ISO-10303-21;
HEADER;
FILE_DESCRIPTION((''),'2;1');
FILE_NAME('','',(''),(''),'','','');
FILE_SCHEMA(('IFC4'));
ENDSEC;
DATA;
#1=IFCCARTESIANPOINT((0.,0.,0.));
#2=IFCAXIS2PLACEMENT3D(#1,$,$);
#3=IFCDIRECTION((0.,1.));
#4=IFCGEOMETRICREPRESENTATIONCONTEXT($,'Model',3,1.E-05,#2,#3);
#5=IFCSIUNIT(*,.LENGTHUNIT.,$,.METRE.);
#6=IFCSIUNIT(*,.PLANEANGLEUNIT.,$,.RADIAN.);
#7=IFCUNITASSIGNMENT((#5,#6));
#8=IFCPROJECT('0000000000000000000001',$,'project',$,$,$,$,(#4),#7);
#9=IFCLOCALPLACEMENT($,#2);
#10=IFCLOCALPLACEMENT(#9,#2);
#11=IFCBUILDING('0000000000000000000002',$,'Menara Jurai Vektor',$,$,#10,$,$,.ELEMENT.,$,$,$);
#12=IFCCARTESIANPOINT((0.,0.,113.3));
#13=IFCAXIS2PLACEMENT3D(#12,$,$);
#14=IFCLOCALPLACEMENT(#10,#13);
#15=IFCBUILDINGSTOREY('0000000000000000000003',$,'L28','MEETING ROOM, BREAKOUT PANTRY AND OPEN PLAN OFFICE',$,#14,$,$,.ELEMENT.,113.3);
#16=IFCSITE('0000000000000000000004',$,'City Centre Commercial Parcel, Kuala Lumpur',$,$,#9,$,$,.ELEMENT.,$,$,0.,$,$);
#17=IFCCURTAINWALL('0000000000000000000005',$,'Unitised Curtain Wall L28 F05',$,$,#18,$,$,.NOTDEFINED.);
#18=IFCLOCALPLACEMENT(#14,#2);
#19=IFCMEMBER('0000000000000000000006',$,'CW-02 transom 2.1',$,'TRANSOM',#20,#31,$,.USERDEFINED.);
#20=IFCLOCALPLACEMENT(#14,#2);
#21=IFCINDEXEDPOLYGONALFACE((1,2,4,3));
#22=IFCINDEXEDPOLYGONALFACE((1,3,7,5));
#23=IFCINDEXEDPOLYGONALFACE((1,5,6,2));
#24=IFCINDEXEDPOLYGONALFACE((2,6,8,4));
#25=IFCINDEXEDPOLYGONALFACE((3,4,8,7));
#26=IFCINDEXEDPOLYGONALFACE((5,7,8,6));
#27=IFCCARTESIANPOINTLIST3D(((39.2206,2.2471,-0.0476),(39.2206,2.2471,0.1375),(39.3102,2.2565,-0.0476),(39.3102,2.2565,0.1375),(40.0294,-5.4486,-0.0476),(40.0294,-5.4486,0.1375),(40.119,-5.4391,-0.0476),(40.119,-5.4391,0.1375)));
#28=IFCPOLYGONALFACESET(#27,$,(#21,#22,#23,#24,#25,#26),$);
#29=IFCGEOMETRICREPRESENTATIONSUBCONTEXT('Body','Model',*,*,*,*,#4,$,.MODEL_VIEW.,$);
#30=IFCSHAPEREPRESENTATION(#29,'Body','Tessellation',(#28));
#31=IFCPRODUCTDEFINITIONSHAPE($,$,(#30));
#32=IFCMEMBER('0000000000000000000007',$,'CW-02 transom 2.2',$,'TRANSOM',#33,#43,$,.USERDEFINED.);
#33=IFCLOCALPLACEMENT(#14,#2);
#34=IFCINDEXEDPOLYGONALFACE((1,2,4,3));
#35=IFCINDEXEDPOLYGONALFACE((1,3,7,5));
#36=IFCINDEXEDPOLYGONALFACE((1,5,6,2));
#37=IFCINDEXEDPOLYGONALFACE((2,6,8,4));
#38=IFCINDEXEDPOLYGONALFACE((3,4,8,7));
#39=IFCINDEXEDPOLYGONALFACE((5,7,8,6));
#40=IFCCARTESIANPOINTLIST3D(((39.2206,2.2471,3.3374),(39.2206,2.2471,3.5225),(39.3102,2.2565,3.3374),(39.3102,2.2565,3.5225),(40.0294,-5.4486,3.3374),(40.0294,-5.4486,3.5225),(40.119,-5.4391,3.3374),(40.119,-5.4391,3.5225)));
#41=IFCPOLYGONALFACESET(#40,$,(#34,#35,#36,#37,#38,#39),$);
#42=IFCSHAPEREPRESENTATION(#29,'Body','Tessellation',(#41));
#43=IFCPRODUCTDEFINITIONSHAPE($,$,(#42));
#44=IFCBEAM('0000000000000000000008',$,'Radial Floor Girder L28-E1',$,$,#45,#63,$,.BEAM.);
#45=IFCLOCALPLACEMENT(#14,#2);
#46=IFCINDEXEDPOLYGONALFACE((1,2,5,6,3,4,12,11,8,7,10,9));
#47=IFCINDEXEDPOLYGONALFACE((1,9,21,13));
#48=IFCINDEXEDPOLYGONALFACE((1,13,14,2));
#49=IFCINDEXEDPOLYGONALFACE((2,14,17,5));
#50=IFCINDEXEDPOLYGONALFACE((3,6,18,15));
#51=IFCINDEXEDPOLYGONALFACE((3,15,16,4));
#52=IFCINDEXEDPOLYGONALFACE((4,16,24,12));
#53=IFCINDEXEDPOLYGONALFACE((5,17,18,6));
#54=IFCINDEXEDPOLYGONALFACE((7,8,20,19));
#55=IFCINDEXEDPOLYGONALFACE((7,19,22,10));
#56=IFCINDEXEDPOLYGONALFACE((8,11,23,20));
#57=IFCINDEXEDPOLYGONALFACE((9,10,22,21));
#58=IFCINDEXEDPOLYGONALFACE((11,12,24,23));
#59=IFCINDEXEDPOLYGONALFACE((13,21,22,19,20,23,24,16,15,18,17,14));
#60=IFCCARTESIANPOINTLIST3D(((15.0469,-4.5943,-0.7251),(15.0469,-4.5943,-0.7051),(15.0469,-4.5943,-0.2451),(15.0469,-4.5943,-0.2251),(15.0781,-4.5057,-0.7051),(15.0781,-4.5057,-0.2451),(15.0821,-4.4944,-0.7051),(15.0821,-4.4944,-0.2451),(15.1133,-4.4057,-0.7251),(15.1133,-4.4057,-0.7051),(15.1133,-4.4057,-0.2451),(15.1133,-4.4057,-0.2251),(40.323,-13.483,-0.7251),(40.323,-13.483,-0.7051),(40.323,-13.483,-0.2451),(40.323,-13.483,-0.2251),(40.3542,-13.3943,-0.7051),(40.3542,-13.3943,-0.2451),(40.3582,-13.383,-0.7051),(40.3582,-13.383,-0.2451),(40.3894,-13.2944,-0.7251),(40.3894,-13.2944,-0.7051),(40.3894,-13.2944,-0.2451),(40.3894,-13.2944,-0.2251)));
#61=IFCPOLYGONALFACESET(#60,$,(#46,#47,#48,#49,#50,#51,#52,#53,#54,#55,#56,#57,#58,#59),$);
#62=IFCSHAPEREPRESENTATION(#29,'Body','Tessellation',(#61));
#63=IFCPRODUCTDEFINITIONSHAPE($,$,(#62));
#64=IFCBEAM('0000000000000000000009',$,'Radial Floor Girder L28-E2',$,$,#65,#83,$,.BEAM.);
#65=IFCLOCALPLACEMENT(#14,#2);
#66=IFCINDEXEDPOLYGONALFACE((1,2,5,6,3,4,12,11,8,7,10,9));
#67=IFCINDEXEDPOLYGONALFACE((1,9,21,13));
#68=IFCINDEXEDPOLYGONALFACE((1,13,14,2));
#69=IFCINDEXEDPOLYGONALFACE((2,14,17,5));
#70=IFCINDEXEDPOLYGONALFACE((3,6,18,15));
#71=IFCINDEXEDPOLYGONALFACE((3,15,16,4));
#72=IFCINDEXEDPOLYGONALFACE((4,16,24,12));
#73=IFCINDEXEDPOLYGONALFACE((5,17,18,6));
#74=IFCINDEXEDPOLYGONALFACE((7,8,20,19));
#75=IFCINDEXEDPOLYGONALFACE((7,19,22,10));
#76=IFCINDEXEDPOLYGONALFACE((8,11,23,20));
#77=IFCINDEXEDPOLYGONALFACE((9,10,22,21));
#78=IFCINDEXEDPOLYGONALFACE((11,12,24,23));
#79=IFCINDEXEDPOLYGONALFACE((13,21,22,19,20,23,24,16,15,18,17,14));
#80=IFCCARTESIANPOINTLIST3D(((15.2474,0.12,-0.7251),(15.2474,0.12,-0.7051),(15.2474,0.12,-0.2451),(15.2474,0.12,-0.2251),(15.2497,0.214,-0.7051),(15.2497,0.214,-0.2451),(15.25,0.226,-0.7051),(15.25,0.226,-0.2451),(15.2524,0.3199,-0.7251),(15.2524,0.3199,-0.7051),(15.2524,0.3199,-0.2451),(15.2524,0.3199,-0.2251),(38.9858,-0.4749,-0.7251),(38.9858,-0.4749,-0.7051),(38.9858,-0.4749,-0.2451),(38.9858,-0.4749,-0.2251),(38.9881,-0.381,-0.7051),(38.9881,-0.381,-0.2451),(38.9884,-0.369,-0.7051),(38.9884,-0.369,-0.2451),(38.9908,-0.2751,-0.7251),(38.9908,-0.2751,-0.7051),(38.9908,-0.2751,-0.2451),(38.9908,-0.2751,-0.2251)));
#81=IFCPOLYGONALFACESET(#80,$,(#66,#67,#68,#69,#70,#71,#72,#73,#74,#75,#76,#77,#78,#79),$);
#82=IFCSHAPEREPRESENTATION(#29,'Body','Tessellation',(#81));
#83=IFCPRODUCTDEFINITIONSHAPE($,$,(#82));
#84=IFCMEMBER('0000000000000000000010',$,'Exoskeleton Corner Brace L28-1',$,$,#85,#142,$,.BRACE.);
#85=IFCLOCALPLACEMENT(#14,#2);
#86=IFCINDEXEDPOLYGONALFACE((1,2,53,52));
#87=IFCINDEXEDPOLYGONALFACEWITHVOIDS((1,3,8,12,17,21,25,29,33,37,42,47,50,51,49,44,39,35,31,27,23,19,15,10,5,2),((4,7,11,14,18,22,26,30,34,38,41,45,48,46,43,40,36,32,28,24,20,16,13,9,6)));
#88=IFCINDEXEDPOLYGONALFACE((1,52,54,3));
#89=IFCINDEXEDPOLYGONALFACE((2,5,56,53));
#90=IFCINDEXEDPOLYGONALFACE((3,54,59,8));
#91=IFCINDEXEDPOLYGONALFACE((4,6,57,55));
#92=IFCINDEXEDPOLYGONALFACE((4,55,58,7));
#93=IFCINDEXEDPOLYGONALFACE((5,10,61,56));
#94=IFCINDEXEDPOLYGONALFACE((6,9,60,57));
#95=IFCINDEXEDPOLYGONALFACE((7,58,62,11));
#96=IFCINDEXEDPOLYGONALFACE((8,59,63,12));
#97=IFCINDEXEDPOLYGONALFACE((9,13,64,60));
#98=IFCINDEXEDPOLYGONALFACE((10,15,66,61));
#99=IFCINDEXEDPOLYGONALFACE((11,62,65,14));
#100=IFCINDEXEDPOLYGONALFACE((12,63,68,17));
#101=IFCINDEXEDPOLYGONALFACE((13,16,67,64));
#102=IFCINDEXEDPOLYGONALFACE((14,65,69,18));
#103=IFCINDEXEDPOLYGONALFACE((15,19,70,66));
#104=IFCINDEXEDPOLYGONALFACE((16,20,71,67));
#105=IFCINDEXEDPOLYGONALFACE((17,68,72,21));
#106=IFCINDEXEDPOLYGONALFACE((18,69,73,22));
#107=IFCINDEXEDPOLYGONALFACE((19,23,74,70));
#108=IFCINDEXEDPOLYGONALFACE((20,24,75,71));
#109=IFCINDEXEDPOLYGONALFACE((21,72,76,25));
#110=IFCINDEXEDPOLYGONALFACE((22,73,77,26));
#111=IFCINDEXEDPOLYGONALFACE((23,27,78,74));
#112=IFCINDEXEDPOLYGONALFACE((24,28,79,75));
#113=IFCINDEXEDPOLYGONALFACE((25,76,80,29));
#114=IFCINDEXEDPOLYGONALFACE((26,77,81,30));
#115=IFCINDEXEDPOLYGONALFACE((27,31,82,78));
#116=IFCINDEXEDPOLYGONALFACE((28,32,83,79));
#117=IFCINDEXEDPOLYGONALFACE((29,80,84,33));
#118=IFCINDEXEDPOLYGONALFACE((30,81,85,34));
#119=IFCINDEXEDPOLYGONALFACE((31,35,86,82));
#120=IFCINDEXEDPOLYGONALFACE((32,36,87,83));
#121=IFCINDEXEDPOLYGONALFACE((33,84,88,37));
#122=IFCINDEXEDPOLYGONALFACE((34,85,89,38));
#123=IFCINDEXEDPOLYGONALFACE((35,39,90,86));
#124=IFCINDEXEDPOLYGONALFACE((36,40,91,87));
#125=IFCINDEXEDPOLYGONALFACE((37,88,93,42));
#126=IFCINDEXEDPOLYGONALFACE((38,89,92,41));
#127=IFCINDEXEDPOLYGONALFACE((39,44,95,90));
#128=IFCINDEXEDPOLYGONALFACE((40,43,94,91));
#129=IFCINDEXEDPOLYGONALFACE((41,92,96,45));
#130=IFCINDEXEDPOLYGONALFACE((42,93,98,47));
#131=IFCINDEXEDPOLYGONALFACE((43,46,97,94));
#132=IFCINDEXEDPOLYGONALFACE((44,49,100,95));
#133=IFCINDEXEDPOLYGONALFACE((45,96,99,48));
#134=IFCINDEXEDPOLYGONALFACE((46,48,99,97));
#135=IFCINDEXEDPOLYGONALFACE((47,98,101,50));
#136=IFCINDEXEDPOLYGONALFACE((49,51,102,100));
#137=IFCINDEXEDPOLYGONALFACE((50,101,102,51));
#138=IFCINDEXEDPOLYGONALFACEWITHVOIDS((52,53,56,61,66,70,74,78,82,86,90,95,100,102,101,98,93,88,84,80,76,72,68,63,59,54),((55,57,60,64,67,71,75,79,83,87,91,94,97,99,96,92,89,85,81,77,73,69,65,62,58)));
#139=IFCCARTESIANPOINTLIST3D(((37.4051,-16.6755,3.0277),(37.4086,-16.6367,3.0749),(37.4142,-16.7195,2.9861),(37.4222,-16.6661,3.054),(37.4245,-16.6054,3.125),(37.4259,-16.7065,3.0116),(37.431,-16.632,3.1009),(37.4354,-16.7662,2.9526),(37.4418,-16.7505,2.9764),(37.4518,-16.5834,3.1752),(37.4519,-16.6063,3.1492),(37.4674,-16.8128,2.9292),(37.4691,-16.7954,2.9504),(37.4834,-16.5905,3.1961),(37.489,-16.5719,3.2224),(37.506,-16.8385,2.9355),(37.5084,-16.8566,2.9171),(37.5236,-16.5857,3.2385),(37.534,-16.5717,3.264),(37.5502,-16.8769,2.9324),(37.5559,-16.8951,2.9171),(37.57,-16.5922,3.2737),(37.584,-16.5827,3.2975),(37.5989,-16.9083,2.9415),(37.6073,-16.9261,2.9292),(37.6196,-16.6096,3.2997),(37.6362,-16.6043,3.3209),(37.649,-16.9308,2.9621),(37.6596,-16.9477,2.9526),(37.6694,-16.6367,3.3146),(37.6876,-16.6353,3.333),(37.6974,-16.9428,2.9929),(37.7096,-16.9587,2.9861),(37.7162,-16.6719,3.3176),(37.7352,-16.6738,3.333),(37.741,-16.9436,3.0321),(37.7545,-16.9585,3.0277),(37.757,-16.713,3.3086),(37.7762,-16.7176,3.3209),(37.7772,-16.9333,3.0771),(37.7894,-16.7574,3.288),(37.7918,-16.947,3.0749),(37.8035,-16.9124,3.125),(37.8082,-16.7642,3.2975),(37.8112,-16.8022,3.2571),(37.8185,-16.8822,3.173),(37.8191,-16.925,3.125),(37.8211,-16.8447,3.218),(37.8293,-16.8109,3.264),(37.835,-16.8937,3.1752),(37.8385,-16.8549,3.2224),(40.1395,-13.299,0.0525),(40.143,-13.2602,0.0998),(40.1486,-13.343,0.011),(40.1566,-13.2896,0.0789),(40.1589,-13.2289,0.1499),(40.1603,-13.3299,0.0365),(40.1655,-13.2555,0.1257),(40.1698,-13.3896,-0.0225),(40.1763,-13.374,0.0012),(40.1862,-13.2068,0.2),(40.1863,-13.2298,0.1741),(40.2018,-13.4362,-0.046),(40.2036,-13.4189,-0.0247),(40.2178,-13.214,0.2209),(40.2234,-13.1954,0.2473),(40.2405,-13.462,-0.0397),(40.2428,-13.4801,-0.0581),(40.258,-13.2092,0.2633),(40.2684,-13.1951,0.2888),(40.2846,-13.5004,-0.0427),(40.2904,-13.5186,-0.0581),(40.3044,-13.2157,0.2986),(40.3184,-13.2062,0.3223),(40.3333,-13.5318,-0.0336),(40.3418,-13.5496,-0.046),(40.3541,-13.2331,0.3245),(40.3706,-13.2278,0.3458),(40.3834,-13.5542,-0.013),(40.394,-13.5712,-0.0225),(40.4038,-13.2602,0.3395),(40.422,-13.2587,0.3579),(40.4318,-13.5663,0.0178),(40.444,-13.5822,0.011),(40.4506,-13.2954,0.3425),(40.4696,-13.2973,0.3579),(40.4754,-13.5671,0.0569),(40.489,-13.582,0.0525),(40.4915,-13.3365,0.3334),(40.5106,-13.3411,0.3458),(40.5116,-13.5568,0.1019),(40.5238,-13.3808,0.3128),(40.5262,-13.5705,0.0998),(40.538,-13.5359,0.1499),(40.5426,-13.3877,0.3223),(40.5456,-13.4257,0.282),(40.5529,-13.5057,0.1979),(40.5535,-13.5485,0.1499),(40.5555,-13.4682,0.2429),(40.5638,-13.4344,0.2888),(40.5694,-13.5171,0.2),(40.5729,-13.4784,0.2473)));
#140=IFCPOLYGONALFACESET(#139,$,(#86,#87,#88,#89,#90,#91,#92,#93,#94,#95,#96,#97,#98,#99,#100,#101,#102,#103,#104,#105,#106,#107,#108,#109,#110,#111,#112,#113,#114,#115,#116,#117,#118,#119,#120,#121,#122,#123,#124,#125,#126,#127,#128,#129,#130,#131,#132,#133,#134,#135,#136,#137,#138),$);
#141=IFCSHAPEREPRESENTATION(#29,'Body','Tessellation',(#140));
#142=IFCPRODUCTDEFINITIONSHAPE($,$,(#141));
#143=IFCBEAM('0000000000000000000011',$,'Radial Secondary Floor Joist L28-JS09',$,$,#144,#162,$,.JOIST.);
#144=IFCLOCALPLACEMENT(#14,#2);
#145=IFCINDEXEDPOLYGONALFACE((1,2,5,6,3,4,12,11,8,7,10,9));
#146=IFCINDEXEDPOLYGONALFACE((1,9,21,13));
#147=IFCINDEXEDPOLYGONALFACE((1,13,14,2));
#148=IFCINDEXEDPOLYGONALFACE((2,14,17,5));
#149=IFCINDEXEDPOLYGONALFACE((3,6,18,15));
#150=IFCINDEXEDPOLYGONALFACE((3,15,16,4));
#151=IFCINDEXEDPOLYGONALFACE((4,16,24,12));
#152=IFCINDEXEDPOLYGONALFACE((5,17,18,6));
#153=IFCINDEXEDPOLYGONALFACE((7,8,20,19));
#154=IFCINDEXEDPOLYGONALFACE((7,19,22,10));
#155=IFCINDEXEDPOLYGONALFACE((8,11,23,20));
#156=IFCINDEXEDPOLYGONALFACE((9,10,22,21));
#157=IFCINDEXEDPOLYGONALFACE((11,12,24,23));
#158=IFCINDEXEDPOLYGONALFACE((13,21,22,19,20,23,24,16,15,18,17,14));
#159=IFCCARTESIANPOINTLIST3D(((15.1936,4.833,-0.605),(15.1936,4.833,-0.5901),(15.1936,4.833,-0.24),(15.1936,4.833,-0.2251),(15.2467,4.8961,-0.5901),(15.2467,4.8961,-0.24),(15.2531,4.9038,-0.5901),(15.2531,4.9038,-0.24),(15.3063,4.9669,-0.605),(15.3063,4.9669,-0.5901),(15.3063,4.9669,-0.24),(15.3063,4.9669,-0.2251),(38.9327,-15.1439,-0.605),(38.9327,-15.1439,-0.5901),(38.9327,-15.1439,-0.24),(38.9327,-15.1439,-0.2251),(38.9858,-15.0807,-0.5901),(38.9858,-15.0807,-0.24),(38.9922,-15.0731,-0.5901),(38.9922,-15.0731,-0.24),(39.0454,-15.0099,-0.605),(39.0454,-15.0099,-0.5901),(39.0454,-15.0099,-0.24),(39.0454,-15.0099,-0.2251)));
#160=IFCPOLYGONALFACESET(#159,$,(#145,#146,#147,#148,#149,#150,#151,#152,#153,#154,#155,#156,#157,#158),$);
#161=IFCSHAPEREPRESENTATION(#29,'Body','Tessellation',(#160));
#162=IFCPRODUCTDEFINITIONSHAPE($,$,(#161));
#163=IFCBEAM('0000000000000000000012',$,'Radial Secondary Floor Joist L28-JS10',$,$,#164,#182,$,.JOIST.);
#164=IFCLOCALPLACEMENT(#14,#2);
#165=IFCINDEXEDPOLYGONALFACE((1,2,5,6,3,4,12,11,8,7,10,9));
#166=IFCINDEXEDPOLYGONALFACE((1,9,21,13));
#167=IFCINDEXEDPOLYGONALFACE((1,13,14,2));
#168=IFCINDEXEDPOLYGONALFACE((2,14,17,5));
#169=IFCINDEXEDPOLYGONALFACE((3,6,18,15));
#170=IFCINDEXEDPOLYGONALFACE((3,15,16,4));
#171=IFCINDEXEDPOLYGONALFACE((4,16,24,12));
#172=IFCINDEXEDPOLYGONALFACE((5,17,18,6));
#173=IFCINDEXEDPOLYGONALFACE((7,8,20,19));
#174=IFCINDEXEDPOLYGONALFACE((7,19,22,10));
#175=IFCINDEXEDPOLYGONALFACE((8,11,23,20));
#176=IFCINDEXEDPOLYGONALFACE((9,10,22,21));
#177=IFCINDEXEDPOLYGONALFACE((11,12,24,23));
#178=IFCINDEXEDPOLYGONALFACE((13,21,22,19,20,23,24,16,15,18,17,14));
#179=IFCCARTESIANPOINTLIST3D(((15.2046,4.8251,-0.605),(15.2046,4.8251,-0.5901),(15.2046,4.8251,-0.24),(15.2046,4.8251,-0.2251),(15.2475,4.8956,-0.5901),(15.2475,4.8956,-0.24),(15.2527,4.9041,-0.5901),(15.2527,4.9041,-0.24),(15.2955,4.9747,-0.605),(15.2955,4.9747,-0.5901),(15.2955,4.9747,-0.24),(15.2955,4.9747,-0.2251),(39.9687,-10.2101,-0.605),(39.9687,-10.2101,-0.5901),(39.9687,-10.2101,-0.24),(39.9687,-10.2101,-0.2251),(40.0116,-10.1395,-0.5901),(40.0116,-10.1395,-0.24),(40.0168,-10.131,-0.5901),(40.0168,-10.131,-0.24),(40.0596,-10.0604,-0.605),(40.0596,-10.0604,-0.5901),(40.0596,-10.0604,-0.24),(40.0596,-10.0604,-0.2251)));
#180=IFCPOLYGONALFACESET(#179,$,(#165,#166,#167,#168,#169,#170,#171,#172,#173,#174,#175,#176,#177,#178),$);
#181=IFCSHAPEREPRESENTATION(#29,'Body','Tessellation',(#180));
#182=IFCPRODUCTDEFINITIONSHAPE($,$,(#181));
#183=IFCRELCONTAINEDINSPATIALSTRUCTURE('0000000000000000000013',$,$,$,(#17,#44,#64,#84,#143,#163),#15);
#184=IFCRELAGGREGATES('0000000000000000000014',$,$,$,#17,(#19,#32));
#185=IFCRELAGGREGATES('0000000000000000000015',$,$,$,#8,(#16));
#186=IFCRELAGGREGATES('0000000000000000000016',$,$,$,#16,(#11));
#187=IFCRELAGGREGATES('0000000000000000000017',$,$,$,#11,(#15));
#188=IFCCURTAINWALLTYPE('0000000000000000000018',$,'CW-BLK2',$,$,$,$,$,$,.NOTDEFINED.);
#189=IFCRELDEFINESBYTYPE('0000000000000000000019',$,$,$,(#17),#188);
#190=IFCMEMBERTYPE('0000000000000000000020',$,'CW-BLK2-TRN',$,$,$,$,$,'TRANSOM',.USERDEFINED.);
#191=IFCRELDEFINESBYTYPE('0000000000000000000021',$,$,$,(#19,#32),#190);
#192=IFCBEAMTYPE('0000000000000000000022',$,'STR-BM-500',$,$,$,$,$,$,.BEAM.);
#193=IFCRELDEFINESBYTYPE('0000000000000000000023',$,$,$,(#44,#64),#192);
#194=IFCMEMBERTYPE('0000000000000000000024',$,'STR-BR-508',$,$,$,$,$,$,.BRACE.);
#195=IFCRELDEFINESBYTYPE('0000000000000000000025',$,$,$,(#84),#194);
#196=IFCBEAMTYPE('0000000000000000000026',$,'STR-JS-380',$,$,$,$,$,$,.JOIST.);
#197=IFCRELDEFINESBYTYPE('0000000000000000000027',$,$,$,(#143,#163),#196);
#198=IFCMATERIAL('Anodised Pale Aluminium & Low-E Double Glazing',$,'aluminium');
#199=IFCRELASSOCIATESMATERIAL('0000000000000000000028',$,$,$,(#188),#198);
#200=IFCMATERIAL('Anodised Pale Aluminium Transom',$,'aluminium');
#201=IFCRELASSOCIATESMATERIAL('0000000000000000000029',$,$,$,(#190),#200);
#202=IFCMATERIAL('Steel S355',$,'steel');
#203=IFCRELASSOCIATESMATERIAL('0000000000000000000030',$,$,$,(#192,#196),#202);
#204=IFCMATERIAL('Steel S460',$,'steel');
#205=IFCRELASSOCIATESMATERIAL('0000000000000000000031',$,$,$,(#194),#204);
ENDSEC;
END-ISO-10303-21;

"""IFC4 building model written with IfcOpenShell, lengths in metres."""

from ifc_helpers import new_model, si_unit, direction, frame, origin, origin_2d, place, context, subcontext, project, spatial, rectangle, hollow_circle, i_section, extrude, material, material_profile, profile_set, type_object, element, aggregate, save


model = new_model("IFC4")

# Units and contexts
model_context = context("Model", 3, precision=1e-05, world=origin(), true_north=direction((0.0, 1.0)))
body_context = subcontext(model_context, "Body", "Model", "MODEL_VIEW")
ifc_project = project(units=[si_unit("LENGTHUNIT", "METRE"), si_unit("PLANEANGLEUNIT", "RADIAN")], contexts=[model_context])

# Site, building, storey
site_placement = place(None, origin())
site = spatial("IfcSite", under=ifc_project, at=site_placement, Name="City Centre Commercial Parcel, Kuala Lumpur", CompositionType="ELEMENT", RefElevation=0.0)
building_placement = place(site_placement, origin())
building = spatial("IfcBuilding", under=site, at=building_placement, Name="Menara Jurai Vektor", CompositionType="ELEMENT")
storey_placement = place(building_placement, frame((0.0, 0.0, 113.3)))
storey = spatial("IfcBuildingStorey", under=building, at=storey_placement, Name="L28", Description="MEETING ROOM, BREAKOUT PANTRY AND OPEN PLAN OFFICE", CompositionType="ELEMENT", Elevation=113.3)

# Shared definitions
ifc_material_1 = material(Name="Steel S460", Category="steel")

# Shared definitions
ifc_material_2 = material(Name="Anodised Pale Aluminium & Low-E Double Glazing", Category="aluminium")
curtain_wall_type = type_object("IfcCurtainWallType", Name="CW-BLK2", PredefinedType="NOTDEFINED", material=ifc_material_2)

# Curtain wall
curtain_wall_1_placement = place(storey_placement, origin())
curtain_wall_1 = element("IfcCurtainWall", 1, at=curtain_wall_1_placement, inside=storey, type_object=curtain_wall_type, Name="Unitised Curtain Wall L28 F05", PredefinedType="NOTDEFINED")

# Members
ifc_material_3 = material(Name="Anodised Pale Aluminium Transom", Category="aluminium")
ifc_material_profile_1 = material_profile(ifc_material_3, rectangle(XDim=0.0901, YDim=0.1851, at=origin_2d()), Name="ALU TRN 90x185")
ifc_profile_set_1 = profile_set([ifc_material_profile_1], Name="Anodised Pale Aluminium Transom")
member_type_1 = type_object("IfcMemberType", Name="CW-BLK2-TRN", ElementType="TRANSOM", PredefinedType="USERDEFINED", material=ifc_profile_set_1)
member_1_placement = place(storey_placement, frame((40.0742, -5.4438, 0.0449), z_axis=(-0.104529, 0.994522, 0.0), x_axis=(-0.994522, -0.104529, 0.0)))
member_1 = element("IfcMember", 2, at=member_1_placement, type_object=member_type_1, Name="CW-02 transom 2.1", ObjectType="TRANSOM", PredefinedType="USERDEFINED", context=body_context, shape_type="SweptSolid", body=[
    extrude(rectangle(XDim=0.0901, YDim=0.1851, at=origin_2d()), origin(), (0.0, 0.0, 1.0), 7.738),
])
member_2_placement = place(storey_placement, frame((40.0742, -5.4438, 3.4299), z_axis=(-0.104529, 0.994522, 0.0), x_axis=(-0.994522, -0.104529, 0.0)))
member_2 = element("IfcMember", 3, at=member_2_placement, type_object=member_type_1, Name="CW-02 transom 2.2", ObjectType="TRANSOM", PredefinedType="USERDEFINED", context=body_context, shape_type="SweptSolid", body=[
    extrude(rectangle(XDim=0.0901, YDim=0.1851, at=origin_2d()), origin(), (0.0, 0.0, 1.0), 7.738),
])

# Beams
ifc_material_4 = material(Name="Steel S355", Category="steel")
ifc_material_profile_2 = material_profile(ifc_material_4, i_section(OverallWidth=0.2, OverallDepth=0.5, WebThickness=0.012, FlangeThickness=0.02, at=origin_2d()), Name="PG 500x200x96")
ifc_profile_set_2 = profile_set([ifc_material_profile_2], Name="Steel S355")
beam_type_1 = type_object("IfcBeamType", Name="STR-BM-500", PredefinedType="BEAM", material=ifc_profile_set_2)
beam_1_placement = place(storey_placement, frame((40.3562, -13.3887, -0.4751), z_axis=(-0.943368, 0.331747, 0.0), x_axis=(-0.331747, -0.943368, 0.0)))
element("IfcBeam", 4, at=beam_1_placement, inside=storey, type_object=beam_type_1, Name="Radial Floor Girder L28-E1", PredefinedType="BEAM", context=body_context, shape_type="SweptSolid", body=[
    extrude(i_section(OverallWidth=0.2, OverallDepth=0.5, WebThickness=0.012, FlangeThickness=0.02, at=origin_2d()), origin(), (0.0, 0.0, 1.0), 26.7935),
])
beam_2_placement = place(storey_placement, frame((38.9883, -0.375, -0.4751), z_axis=(-0.999686, 0.025056, 0.0), x_axis=(-0.025056, -0.999686, 0.0)))
element("IfcBeam", 5, at=beam_2_placement, inside=storey, type_object=beam_type_1, Name="Radial Floor Girder L28-E2", PredefinedType="BEAM", context=body_context, shape_type="SweptSolid", body=[
    extrude(i_section(OverallWidth=0.2, OverallDepth=0.5, WebThickness=0.012, FlangeThickness=0.02, at=origin_2d()), origin(), (0.0, 0.0, 1.0), 23.7458),
])

# Member
ifc_material_profile_3 = material_profile(ifc_material_1, hollow_circle(Radius=0.2539, WallThickness=0.02, at=origin_2d()), Name="CHS 508x20")
ifc_profile_set_3 = profile_set([ifc_material_profile_3], Name="Steel S460")
member_type_2 = type_object("IfcMemberType", Name="STR-BR-508", PredefinedType="BRACE", material=ifc_profile_set_3)
member_3_placement = place(storey_placement, frame((40.3562, -13.3887, 0.1499), z_axis=(-0.519272, -0.641208, 0.564986), x_axis=(0.777127, -0.629344, 0.0)))
element("IfcMember", 6, at=member_3_placement, inside=storey, type_object=member_type_2, Name="Exoskeleton Corner Brace L28-1", PredefinedType="BRACE", context=body_context, shape_type="SweptSolid", body=[
    extrude(hollow_circle(Radius=0.2539, WallThickness=0.02, at=origin_2d()), origin(), (0.0, 0.0, 1.0), 5.2659),
])

# Beams
ifc_material_profile_4 = material_profile(ifc_material_4, i_section(OverallWidth=0.175, OverallDepth=0.3799, WebThickness=0.01, FlangeThickness=0.0149, at=origin_2d()), Name="PG 380x175x58")
ifc_profile_set_4 = profile_set([ifc_material_profile_4], Name="Steel S355")
beam_type_2 = type_object("IfcBeamType", Name="STR-JS-380", PredefinedType="JOIST", material=ifc_profile_set_4)
beam_3_placement = place(storey_placement, frame((38.989, -15.0769, -0.415), z_axis=(-0.765133, 0.643873, 0.0), x_axis=(-0.643873, -0.765133, 0.0)))
element("IfcBeam", 7, at=beam_3_placement, inside=storey, type_object=beam_type_2, Name="Radial Secondary Floor Joist L28-JS09", PredefinedType="JOIST", context=body_context, shape_type="SweptSolid", body=[
    extrude(i_section(OverallWidth=0.175, OverallDepth=0.3799, WebThickness=0.01, FlangeThickness=0.0149, at=origin_2d()), origin(), (0.0, 0.0, 1.0), 31.0261),
])
beam_4_placement = place(storey_placement, frame((40.0142, -10.1353, -0.415), z_axis=(-0.854791, 0.518972, 0.0), x_axis=(-0.518972, -0.854791, 0.0)))
element("IfcBeam", 8, at=beam_4_placement, inside=storey, type_object=beam_type_2, Name="Radial Secondary Floor Joist L28-JS10", PredefinedType="JOIST", context=body_context, shape_type="SweptSolid", body=[
    extrude(i_section(OverallWidth=0.175, OverallDepth=0.3799, WebThickness=0.01, FlangeThickness=0.0149, at=origin_2d()), origin(), (0.0, 0.0, 1.0), 28.9709),
])

aggregate(curtain_wall_1, [member_1, member_2])

save(model, "model.ifc")
